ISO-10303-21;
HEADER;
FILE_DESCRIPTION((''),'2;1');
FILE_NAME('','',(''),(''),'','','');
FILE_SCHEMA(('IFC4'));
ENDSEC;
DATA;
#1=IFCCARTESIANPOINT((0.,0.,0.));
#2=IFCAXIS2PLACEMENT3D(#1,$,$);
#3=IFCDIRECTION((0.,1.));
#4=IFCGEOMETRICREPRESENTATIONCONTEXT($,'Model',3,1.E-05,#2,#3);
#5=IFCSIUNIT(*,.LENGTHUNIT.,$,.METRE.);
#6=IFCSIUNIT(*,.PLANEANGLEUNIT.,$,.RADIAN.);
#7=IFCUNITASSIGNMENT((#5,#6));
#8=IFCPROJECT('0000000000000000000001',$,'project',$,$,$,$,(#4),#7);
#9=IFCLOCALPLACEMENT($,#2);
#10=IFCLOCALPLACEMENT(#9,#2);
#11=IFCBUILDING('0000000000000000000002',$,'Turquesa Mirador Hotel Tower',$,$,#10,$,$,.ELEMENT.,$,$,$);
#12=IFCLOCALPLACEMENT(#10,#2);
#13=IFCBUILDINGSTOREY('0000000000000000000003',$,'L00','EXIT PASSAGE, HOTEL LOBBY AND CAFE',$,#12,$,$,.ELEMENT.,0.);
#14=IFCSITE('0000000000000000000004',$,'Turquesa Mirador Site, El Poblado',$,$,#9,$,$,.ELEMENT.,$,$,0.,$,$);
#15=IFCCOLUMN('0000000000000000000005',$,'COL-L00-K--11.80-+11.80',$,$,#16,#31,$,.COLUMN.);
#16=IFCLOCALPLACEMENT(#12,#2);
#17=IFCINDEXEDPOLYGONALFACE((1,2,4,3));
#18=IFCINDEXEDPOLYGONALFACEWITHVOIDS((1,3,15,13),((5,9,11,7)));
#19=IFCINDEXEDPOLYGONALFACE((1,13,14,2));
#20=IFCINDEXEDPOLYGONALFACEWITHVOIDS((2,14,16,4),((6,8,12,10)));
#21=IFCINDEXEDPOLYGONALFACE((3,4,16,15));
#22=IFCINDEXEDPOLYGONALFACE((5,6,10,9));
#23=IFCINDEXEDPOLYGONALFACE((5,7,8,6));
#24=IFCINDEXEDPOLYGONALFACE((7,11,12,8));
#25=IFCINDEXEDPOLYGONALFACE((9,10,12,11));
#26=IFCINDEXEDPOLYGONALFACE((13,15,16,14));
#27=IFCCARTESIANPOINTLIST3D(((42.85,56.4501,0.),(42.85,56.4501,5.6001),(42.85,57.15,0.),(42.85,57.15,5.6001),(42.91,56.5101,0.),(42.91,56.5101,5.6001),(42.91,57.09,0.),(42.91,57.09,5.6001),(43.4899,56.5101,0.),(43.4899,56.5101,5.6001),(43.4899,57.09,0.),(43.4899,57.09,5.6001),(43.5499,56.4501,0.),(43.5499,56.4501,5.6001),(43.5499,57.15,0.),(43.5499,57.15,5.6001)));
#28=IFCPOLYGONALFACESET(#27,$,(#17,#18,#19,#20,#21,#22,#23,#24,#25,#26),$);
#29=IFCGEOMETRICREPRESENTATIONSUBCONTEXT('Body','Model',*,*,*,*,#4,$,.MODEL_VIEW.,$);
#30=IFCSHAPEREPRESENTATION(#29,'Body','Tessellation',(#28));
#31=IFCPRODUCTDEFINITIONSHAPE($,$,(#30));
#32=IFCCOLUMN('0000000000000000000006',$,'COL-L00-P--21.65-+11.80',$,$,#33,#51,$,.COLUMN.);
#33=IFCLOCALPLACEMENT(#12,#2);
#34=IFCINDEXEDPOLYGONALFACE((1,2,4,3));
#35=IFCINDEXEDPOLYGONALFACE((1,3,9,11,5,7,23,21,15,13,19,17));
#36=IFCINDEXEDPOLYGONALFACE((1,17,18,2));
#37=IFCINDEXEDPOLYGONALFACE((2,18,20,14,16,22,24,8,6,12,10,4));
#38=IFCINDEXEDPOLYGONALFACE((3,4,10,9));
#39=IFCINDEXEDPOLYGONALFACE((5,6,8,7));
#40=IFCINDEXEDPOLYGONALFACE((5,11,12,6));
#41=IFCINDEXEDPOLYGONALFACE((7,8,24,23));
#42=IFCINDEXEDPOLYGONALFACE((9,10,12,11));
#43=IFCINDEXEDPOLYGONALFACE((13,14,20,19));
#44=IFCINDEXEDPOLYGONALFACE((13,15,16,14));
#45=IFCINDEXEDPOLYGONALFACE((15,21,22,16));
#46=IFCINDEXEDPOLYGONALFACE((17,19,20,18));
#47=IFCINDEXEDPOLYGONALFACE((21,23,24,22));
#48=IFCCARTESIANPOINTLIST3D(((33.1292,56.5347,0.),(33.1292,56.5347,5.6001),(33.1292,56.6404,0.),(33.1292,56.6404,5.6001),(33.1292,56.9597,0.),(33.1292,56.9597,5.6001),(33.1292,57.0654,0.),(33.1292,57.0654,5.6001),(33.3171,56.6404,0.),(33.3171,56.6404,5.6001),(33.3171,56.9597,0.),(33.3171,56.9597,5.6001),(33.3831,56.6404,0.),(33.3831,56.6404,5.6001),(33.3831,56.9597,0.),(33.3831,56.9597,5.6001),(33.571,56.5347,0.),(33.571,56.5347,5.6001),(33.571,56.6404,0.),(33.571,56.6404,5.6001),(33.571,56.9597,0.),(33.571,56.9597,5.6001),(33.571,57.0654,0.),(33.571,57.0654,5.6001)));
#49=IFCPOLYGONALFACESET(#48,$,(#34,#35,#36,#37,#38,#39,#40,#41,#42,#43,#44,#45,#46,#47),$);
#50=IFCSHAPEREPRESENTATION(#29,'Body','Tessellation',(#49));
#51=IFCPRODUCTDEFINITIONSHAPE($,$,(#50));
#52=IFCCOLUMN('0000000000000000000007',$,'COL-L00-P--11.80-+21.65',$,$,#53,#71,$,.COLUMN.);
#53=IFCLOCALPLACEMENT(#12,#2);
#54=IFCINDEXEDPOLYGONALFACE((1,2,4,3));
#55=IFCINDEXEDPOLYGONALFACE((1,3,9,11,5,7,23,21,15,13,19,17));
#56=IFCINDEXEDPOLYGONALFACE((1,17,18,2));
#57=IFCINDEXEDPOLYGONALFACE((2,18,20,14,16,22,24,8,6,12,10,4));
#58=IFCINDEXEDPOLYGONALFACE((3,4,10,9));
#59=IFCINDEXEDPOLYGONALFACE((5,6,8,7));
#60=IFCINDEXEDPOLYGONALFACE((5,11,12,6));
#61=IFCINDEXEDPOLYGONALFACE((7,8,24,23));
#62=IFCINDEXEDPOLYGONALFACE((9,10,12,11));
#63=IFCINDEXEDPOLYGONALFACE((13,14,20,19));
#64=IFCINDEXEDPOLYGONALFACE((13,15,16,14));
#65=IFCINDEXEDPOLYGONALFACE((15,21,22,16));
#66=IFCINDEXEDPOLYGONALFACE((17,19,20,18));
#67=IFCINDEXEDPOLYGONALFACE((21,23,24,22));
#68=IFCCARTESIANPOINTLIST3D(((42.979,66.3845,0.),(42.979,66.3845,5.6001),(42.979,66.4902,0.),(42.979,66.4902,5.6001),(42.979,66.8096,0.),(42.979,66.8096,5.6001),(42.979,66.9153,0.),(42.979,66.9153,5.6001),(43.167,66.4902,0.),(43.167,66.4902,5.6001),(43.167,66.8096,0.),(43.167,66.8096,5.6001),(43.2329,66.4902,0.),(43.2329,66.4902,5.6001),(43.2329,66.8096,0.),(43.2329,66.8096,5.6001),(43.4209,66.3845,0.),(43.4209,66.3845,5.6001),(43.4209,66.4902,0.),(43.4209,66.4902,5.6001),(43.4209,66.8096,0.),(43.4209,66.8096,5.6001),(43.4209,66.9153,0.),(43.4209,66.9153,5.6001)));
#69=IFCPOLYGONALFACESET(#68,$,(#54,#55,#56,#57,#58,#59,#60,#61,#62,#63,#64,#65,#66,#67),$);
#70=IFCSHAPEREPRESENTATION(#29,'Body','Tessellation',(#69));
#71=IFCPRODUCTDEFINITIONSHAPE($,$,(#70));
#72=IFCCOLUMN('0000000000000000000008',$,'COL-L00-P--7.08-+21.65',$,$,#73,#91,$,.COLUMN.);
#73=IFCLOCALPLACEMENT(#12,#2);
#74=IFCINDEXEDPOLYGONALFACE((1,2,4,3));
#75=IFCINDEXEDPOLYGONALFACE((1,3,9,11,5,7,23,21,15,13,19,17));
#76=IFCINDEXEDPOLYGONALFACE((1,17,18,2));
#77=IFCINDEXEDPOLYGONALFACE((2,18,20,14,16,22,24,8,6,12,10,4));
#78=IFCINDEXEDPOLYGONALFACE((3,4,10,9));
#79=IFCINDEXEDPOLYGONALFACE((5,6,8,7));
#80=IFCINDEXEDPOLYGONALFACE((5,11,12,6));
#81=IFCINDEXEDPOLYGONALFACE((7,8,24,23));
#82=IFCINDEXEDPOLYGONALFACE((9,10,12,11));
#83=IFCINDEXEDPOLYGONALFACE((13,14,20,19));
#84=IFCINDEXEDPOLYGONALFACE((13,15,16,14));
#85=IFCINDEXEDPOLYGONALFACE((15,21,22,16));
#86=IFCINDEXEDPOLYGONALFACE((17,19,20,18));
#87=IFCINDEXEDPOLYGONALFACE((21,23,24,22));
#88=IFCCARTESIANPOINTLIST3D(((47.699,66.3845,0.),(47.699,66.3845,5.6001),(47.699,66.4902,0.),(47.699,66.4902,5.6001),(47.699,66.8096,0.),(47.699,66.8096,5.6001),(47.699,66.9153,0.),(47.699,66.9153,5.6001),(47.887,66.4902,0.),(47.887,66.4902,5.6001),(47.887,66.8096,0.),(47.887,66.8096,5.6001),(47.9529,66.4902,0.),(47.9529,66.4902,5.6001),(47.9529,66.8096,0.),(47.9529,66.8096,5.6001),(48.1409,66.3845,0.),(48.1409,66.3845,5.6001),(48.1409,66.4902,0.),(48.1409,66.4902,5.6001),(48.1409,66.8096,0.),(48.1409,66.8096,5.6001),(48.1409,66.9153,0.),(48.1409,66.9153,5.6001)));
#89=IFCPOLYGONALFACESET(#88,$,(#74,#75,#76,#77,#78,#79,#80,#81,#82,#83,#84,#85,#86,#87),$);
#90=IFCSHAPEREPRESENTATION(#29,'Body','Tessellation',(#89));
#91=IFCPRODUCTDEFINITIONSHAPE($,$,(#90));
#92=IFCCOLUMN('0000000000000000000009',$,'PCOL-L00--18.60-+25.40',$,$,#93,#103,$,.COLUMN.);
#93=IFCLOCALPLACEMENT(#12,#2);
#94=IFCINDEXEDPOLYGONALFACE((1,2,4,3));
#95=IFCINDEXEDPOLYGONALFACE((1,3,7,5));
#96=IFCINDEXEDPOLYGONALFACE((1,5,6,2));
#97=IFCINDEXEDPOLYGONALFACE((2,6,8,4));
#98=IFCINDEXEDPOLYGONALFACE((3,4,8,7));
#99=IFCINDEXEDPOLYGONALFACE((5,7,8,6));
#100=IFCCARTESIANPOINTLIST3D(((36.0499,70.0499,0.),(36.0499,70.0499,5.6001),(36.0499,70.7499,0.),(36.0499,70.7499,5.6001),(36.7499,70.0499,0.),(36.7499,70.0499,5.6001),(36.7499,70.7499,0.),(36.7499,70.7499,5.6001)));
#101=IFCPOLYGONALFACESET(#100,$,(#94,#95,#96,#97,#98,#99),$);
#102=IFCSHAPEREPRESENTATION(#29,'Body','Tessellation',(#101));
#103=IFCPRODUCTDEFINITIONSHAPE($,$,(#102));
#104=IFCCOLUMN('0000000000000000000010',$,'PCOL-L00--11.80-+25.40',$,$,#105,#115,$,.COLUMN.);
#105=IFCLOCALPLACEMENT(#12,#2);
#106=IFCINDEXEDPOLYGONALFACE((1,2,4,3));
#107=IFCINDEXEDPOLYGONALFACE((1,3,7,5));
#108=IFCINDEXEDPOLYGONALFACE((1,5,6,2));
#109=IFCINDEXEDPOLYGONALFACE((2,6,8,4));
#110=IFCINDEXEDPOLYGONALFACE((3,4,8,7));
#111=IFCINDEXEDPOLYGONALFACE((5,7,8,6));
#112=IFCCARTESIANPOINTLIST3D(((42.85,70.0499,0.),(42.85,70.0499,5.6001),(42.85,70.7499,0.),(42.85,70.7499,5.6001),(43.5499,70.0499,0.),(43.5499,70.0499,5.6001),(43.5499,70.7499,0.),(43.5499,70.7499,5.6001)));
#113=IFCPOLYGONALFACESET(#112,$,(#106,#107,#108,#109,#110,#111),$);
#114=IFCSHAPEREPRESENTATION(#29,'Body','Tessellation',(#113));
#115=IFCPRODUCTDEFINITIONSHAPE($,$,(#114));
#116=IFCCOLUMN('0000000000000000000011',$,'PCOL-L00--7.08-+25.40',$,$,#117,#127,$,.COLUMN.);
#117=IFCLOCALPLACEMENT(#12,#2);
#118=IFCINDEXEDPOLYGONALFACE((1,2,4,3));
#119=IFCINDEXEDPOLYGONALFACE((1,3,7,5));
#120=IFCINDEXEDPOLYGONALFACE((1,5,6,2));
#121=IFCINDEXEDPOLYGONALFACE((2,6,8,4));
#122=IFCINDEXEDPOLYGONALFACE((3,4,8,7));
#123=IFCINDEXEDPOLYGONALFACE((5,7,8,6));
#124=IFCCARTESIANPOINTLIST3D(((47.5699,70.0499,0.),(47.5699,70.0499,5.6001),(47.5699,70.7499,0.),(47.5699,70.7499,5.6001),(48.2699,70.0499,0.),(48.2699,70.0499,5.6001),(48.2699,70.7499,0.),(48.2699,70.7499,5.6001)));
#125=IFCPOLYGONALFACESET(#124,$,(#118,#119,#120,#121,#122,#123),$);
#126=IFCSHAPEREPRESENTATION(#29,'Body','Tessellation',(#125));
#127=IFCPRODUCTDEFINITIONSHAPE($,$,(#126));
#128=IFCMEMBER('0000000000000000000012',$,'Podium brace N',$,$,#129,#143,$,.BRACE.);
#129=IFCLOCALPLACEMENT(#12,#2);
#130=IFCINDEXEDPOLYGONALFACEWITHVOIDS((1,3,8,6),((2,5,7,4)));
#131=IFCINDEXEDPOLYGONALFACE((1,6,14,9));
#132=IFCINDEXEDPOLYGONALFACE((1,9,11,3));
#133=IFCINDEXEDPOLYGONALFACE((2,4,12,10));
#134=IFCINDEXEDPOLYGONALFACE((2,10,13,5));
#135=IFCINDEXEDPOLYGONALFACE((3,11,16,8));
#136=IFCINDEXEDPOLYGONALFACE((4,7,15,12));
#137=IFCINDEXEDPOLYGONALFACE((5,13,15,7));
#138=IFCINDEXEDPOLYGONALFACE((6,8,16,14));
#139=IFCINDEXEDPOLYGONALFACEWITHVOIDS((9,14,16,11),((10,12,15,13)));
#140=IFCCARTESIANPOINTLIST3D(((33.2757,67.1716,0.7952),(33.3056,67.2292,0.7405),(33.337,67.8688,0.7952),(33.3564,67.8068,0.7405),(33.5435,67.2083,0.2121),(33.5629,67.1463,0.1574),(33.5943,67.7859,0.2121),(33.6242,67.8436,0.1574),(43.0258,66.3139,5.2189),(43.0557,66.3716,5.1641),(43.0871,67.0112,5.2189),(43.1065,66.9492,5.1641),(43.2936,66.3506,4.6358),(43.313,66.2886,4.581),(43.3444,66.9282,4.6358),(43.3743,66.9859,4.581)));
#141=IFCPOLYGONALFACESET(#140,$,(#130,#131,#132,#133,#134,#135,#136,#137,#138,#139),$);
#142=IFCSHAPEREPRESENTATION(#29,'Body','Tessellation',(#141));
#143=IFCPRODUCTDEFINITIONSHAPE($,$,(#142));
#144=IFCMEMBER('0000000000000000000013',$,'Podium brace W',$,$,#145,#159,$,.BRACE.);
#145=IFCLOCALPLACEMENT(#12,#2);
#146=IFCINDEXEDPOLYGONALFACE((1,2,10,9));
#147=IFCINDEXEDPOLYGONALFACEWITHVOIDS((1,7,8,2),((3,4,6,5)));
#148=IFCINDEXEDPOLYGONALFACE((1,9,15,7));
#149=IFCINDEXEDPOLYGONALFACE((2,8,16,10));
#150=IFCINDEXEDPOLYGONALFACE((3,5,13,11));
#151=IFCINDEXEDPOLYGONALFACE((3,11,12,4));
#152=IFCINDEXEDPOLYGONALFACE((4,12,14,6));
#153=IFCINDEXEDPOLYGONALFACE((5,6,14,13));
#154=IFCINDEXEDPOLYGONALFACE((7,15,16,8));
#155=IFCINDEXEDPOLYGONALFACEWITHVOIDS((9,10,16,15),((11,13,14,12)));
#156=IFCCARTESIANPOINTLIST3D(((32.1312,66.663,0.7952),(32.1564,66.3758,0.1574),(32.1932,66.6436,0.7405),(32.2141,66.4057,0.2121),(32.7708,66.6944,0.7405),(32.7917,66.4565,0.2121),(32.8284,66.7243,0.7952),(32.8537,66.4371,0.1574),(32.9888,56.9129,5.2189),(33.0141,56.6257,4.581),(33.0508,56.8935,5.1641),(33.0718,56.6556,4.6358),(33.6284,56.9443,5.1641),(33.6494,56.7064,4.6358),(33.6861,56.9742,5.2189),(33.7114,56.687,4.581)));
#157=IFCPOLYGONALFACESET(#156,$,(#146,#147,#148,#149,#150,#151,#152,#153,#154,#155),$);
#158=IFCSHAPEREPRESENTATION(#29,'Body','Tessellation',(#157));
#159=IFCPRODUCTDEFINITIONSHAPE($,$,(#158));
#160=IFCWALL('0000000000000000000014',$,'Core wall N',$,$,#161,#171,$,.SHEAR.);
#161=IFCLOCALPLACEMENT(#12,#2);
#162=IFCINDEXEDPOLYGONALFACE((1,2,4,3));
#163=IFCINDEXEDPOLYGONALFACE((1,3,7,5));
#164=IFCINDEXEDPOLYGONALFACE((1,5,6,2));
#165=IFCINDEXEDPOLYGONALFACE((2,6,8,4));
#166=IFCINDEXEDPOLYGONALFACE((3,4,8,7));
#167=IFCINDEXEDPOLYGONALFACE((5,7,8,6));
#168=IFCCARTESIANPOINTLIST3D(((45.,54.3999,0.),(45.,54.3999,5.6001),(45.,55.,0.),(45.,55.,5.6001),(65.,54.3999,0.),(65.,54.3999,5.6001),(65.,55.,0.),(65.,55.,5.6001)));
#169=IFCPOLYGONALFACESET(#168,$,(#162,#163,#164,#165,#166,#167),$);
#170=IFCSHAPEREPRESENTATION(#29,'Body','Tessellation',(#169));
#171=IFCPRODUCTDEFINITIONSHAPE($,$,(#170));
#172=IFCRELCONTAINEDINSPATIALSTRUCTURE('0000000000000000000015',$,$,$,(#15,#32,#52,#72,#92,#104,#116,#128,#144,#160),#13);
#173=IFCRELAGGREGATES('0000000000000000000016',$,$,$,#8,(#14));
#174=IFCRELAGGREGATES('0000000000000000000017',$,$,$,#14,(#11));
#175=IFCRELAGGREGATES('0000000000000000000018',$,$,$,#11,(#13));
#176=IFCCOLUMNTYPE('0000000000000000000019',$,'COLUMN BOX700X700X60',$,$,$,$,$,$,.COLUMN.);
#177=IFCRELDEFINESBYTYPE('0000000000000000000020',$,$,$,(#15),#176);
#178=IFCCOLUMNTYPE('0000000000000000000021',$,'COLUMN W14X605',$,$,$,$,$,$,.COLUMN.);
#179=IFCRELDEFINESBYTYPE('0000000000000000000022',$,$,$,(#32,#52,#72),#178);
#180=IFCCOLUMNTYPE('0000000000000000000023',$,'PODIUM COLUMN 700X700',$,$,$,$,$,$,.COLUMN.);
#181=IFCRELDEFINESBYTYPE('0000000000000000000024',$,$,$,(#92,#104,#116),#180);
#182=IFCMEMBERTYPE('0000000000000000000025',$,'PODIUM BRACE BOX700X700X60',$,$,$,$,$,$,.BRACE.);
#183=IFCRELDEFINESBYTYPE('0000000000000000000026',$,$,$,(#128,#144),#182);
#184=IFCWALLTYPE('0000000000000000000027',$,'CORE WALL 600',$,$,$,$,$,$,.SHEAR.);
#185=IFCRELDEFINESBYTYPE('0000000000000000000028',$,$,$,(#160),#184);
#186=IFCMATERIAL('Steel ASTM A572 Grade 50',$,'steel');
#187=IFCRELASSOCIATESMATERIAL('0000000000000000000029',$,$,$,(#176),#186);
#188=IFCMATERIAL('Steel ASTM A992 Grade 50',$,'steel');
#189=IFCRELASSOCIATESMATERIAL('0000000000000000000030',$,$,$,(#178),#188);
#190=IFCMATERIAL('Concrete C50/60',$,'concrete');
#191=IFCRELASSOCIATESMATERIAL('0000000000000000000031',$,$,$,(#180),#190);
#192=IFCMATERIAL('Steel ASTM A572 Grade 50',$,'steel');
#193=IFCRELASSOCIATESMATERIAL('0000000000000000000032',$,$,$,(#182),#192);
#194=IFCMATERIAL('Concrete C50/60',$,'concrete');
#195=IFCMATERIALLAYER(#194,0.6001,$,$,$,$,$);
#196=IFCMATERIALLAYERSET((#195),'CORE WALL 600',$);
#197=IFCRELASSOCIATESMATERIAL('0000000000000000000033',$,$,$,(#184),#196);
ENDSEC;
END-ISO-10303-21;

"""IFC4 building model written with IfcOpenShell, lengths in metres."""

from ifc_helpers import new_model, si_unit, direction, frame, frame_2d, origin, origin_2d, place, context, subcontext, project, spatial, rectangle, hollow_rectangle, i_section, extrude, material, layer, layer_set, material_profile, profile_set, type_object, element, save


model = new_model("IFC4")

# Units and contexts
model_context = context("Model", 3, precision=1e-05, world=origin(), true_north=direction((0.0, 1.0)))
body_context = subcontext(model_context, "Body", "Model", "MODEL_VIEW")
ifc_project = project(units=[si_unit("LENGTHUNIT", "METRE"), si_unit("PLANEANGLEUNIT", "RADIAN")], contexts=[model_context])

# Site, building, storey
site_placement = place(None, origin())
site = spatial("IfcSite", under=ifc_project, at=site_placement, Name="Turquesa Mirador Site, El Poblado", CompositionType="ELEMENT", RefElevation=0.0)
building_placement = place(site_placement, origin())
building = spatial("IfcBuilding", under=site, at=building_placement, Name="Turquesa Mirador Hotel Tower", CompositionType="ELEMENT")
storey_placement = place(building_placement, origin())
storey = spatial("IfcBuildingStorey", under=building, at=storey_placement, Name="L00", Description="EXIT PASSAGE, HOTEL LOBBY AND CAFE", CompositionType="ELEMENT", Elevation=0.0)

# Columns
ifc_material_1 = material(Name="Steel ASTM A572 Grade 50", Category="steel")
ifc_material_profile_1 = material_profile(ifc_material_1, hollow_rectangle(XDim=0.7, YDim=0.7, WallThickness=0.0601, at=origin_2d()), Name="BOX700X700X60")
ifc_profile_set_1 = profile_set([ifc_material_profile_1], Name="Steel ASTM A572 Grade 50")
column_type_1 = type_object("IfcColumnType", Name="COLUMN BOX700X700X60", PredefinedType="COLUMN", material=ifc_profile_set_1)
column_placement = place(storey_placement, frame((43.2, 56.8, 0.0), z_axis=(0.0, 0.0, 1.0), x_axis=(1.0, 0.0, 0.0)))
element("IfcColumn", 1, at=column_placement, inside=storey, type_object=column_type_1, Name="COL-L00-K--11.80-+11.80", PredefinedType="COLUMN", context=body_context, shape_type="SweptSolid", body=[
    extrude(hollow_rectangle(XDim=0.7, YDim=0.7, WallThickness=0.0601, at=origin_2d()), origin(), (0.0, 0.0, 1.0), 5.6001),
])
ifc_material_2 = material(Name="Steel ASTM A992 Grade 50", Category="steel")
ifc_material_profile_2 = material_profile(ifc_material_2, i_section(OverallWidth=0.4419, OverallDepth=0.5308, WebThickness=0.0659, FlangeThickness=0.1057, at=origin_2d()), Name="W14X605")
ifc_profile_set_2 = profile_set([ifc_material_profile_2], Name="Steel ASTM A992 Grade 50")
column_type_2 = type_object("IfcColumnType", Name="COLUMN W14X605", PredefinedType="COLUMN", material=ifc_profile_set_2)
for number, where, z_axis, x_axis, name in (
    (2, (33.3501, 56.8, 0.0), (0.0, 0.0, 1.0), (1.0, 0.0, 0.0), "COL-L00-P--21.65-+11.80"),
    (3, (43.2, 66.6499, 0.0), (0.0, 0.0, 1.0), (1.0, 0.0, 0.0), "COL-L00-P--11.80-+21.65"),
    (4, (47.9199, 66.6499, 0.0), (0.0, 0.0, 1.0), (1.0, 0.0, 0.0), "COL-L00-P--7.08-+21.65"),
):
    element("IfcColumn", number, at=place(storey_placement, frame(where, z_axis=z_axis, x_axis=x_axis)), inside=storey, type_object=column_type_2, Name=name, PredefinedType="COLUMN", context=body_context, shape_type="SweptSolid", body=[
        extrude(i_section(OverallWidth=0.4419, OverallDepth=0.5308, WebThickness=0.0659, FlangeThickness=0.1057, at=origin_2d()), origin(), (0.0, 0.0, 1.0), 5.6001),
    ])
ifc_material_3 = material(Name="Concrete C50/60", Category="concrete")
ifc_material_profile_3 = material_profile(ifc_material_3, rectangle(XDim=0.7, YDim=0.7, at=origin_2d()), Name="RC 700X700")
ifc_profile_set_3 = profile_set([ifc_material_profile_3], Name="Concrete C50/60")
column_type_3 = type_object("IfcColumnType", Name="PODIUM COLUMN 700X700", PredefinedType="COLUMN", material=ifc_profile_set_3)
for number, where, z_axis, x_axis, name in (
    (5, (36.3999, 70.3999, 0.0), (0.0, 0.0, 1.0), (1.0, 0.0, 0.0), "PCOL-L00--18.60-+25.40"),
    (6, (43.2, 70.3999, 0.0), (0.0, 0.0, 1.0), (1.0, 0.0, 0.0), "PCOL-L00--11.80-+25.40"),
    (7, (47.9199, 70.3999, 0.0), (0.0, 0.0, 1.0), (1.0, 0.0, 0.0), "PCOL-L00--7.08-+25.40"),
):
    element("IfcColumn", number, at=place(storey_placement, frame(where, z_axis=z_axis, x_axis=x_axis)), inside=storey, type_object=column_type_3, Name=name, PredefinedType="COLUMN", context=body_context, shape_type="SweptSolid", body=[
        extrude(rectangle(XDim=0.7, YDim=0.7, at=origin_2d()), origin(), (0.0, 0.0, 1.0), 5.6001),
    ])

# Members
ifc_material_4 = material(Name="Steel ASTM A572 Grade 50", Category="steel")
ifc_material_profile_4 = material_profile(ifc_material_4, hollow_rectangle(XDim=0.7, YDim=0.7, WallThickness=0.0601, at=origin_2d()), Name="BOX700X700X60")
ifc_profile_set_4 = profile_set([ifc_material_profile_4], Name="Steel ASTM A572 Grade 50")
member_type = type_object("IfcMemberType", Name="PODIUM BRACE BOX700X700X60", PredefinedType="BRACE", material=ifc_profile_set_4)
for number, where, z_axis, x_axis, name in (
    (8, (33.45, 67.5076, 0.4763), (0.907748, -0.079851, 0.411846), (0.087627, 0.996153, 0.0), "Podium brace N"),
    (9, (32.4924, 66.55, 0.4763), (0.079851, -0.907748, 0.411846), (0.996153, 0.087627, 0.0), "Podium brace W"),
):
    element("IfcMember", number, at=place(storey_placement, frame(where, z_axis=z_axis, x_axis=x_axis)), inside=storey, type_object=member_type, Name=name, PredefinedType="BRACE", context=body_context, shape_type="SweptSolid", body=[
        extrude(hollow_rectangle(XDim=0.7, YDim=0.7, WallThickness=0.0601, at=origin_2d()), origin(), (0.0, 0.0, 1.0), 10.741),
    ])

# Wall
ifc_material_5 = material(Name="Concrete C50/60", Category="concrete")
ifc_layer_1 = layer(ifc_material_5, 0.6001)
ifc_layer_set_1 = layer_set([ifc_layer_1], Name="CORE WALL 600")
wall_type_1 = type_object("IfcWallType", Name="CORE WALL 600", PredefinedType="SHEAR", material=ifc_layer_set_1)
wall_1_placement = place(storey_placement, frame((45.0, 54.7, 0.0), z_axis=(0.0, 0.0, 1.0), x_axis=(1.0, 0.0, 0.0)))
element("IfcWall", 10, at=wall_1_placement, inside=storey, type_object=wall_type_1, Name="Core wall N", PredefinedType="SHEAR", context=body_context, shape_type="SweptSolid", body=[
    extrude(rectangle(XDim=20.0, YDim=0.6001, at=frame_2d((10.0, 0.0))), origin(), (0.0, 0.0, 1.0), 5.6001),
])

save(model, "model.ifc")
